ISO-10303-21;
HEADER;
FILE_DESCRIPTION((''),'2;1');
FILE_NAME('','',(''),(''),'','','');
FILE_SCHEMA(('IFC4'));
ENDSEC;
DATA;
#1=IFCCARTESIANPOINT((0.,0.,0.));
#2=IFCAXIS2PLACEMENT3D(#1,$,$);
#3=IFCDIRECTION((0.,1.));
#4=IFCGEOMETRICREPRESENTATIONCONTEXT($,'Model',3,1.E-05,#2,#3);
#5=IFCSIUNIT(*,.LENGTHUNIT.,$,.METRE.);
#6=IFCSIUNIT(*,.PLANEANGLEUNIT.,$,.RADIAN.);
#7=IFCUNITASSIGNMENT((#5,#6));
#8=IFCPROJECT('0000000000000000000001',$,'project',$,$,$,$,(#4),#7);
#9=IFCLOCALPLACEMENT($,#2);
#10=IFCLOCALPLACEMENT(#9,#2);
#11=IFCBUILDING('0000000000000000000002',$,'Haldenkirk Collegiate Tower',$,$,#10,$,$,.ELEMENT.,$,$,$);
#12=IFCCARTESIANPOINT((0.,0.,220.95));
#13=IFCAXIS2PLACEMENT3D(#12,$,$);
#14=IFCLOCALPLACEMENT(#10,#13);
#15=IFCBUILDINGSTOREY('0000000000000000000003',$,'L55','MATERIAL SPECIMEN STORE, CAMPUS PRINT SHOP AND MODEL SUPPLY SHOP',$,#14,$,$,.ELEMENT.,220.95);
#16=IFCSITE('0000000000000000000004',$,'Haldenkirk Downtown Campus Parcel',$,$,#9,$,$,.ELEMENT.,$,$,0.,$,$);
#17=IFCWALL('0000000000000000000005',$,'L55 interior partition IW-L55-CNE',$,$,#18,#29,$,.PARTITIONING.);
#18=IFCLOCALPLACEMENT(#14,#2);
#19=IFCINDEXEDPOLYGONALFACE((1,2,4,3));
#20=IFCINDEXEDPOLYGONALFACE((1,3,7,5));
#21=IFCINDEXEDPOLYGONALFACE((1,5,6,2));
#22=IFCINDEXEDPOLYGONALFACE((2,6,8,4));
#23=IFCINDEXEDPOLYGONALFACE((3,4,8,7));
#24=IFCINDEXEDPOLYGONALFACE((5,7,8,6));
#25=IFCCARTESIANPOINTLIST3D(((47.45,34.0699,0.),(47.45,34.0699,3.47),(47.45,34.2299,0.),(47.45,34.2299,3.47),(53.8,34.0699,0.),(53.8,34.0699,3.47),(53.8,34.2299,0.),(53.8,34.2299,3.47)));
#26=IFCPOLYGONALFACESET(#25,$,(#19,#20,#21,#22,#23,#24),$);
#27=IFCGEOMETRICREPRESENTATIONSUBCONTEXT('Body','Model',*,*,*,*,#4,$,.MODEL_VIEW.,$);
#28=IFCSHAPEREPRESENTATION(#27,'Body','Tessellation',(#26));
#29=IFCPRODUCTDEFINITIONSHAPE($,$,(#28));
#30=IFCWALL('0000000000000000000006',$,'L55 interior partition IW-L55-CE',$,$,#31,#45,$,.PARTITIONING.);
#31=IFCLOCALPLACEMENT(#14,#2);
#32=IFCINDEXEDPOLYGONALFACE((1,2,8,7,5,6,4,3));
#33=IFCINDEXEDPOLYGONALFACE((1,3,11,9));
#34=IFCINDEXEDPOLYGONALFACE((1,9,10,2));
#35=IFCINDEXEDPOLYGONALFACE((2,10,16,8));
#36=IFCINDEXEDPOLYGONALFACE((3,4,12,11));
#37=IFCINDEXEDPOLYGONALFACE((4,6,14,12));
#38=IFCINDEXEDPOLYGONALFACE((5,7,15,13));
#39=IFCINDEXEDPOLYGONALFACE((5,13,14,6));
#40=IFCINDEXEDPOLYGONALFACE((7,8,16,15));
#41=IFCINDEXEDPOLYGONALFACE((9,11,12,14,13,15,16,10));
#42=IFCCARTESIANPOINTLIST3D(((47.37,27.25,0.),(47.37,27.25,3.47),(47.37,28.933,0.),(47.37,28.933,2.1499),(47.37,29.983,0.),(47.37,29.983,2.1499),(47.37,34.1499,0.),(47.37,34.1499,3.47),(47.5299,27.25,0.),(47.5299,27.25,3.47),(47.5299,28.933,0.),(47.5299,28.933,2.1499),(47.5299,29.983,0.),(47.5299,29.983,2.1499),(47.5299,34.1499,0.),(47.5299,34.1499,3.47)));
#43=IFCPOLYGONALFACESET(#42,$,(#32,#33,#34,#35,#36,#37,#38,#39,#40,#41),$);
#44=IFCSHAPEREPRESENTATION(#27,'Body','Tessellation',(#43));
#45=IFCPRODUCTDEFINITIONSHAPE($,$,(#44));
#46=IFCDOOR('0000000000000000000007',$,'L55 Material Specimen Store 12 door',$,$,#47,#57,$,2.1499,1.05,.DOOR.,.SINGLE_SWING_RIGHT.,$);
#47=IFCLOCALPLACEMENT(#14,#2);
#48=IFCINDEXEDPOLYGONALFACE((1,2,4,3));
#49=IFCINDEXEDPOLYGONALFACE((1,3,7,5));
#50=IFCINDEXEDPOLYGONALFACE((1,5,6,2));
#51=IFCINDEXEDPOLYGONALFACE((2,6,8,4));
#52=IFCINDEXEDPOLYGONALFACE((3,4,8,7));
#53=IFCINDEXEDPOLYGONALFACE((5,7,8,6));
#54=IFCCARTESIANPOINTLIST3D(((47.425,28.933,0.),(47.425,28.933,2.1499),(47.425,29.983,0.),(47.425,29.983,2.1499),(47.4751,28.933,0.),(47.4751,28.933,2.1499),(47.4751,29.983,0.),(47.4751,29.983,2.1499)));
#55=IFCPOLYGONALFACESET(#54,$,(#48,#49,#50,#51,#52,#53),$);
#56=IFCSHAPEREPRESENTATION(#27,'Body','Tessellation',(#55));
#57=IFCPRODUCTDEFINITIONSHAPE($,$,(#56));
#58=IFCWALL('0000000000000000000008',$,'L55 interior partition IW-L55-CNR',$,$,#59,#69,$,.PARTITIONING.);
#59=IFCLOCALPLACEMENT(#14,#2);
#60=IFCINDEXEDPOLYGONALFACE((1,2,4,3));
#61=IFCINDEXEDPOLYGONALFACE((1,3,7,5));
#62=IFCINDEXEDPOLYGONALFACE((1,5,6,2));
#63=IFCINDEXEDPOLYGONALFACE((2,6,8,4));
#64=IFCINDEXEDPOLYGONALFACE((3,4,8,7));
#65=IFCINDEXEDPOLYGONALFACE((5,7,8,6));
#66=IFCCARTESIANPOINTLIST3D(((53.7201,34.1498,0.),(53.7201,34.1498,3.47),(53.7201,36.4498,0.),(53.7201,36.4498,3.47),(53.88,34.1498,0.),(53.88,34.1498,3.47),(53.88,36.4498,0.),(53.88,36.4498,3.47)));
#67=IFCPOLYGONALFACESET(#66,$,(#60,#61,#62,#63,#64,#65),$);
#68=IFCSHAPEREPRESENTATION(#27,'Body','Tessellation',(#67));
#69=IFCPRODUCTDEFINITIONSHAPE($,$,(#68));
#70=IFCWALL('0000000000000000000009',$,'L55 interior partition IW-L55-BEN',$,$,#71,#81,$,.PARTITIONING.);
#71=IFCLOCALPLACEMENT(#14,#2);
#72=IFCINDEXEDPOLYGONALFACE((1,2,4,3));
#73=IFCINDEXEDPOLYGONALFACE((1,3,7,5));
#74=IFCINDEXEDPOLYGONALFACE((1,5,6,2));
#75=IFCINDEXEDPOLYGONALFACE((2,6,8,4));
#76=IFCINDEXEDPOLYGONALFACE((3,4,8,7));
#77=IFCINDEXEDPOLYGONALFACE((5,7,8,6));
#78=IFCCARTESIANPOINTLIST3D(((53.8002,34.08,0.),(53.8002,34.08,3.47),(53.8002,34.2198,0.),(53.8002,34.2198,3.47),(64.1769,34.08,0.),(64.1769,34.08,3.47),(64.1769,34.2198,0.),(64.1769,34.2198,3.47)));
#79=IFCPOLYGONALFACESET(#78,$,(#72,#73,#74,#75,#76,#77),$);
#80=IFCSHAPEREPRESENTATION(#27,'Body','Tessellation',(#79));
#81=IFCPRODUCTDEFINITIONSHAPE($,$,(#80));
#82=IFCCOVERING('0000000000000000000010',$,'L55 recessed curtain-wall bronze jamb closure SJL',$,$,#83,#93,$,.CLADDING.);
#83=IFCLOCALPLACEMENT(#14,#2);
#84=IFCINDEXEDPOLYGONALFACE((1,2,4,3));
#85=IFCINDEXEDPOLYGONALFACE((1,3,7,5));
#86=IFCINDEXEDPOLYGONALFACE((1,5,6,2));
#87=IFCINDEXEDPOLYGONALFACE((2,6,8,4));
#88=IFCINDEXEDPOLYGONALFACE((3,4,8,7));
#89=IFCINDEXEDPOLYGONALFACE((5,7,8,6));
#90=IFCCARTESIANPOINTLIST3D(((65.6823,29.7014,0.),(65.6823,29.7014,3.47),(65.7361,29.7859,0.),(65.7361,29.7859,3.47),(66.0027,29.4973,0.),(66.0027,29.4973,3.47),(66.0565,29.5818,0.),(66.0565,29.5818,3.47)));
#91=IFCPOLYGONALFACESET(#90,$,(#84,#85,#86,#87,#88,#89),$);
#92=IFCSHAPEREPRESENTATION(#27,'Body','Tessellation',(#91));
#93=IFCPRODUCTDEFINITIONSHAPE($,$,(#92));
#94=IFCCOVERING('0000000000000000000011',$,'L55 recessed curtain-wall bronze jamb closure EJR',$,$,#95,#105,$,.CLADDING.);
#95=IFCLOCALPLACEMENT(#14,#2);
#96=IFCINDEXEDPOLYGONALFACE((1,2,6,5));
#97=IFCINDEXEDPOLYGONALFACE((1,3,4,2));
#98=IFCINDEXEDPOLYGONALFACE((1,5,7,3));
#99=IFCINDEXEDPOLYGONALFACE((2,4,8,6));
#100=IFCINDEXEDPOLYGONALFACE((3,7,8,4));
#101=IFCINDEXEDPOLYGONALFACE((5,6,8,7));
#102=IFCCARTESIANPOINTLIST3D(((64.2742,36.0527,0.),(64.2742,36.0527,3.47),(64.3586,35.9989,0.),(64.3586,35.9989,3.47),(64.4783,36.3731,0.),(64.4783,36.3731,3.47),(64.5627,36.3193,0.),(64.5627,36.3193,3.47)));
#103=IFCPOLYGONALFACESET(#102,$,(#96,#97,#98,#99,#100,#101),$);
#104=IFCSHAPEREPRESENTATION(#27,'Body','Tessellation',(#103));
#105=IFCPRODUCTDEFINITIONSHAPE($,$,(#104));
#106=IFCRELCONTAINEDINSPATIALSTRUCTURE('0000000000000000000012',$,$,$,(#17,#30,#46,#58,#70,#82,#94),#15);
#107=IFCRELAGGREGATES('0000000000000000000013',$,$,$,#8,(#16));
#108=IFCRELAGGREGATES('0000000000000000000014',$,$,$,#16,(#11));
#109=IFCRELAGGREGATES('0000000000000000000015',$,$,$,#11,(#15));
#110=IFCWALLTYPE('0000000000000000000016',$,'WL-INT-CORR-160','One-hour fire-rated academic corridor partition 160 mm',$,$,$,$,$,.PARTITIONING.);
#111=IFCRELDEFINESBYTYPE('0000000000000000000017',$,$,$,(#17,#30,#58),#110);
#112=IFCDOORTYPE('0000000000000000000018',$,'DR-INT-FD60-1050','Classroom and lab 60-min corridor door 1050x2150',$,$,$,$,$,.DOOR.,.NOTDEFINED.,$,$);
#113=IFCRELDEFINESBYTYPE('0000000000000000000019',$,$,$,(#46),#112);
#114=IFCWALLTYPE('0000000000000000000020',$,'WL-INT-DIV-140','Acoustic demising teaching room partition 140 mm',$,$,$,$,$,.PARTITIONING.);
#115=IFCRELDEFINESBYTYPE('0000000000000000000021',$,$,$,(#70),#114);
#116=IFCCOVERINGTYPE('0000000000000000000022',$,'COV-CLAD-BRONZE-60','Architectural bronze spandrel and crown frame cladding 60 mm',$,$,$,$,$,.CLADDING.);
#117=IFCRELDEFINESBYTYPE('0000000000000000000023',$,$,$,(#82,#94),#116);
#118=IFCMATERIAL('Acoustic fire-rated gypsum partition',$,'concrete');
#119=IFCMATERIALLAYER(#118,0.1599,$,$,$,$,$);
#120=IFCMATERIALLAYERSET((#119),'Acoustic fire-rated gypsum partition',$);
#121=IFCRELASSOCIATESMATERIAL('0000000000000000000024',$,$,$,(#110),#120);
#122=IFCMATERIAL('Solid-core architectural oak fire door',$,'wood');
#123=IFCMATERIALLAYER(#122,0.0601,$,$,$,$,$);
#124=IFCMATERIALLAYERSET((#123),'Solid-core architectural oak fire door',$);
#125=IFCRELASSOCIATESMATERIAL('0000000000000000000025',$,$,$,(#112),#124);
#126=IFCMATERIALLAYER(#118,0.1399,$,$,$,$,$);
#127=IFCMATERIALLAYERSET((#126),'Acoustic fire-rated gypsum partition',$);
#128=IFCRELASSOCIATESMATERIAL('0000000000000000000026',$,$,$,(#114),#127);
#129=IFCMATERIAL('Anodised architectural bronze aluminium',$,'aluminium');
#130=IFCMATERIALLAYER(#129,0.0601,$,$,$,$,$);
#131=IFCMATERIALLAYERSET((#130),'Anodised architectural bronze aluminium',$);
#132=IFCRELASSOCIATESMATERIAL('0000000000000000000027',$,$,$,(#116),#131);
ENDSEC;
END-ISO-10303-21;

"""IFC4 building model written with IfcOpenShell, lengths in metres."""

from ifc_helpers import new_model, si_unit, direction, frame, frame_2d, origin, origin_2d, place, context, subcontext, project, spatial, rectangle, extrude, source, transform, mapped, material, layer, layer_set, type_object, element, fill, save


model = new_model("IFC4")

# Units and contexts
model_context = context("Model", 3, precision=1e-05, world=origin(), true_north=direction((0.0, 1.0)))
body_context = subcontext(model_context, "Body", "Model", "MODEL_VIEW")
ifc_project = project(units=[si_unit("LENGTHUNIT", "METRE"), si_unit("PLANEANGLEUNIT", "RADIAN")], contexts=[model_context])

# Site, building, storey
site_placement = place(None, origin())
site = spatial("IfcSite", under=ifc_project, at=site_placement, Name="Haldenkirk Downtown Campus Parcel", CompositionType="ELEMENT", RefElevation=0.0)
building_placement = place(site_placement, origin())
building = spatial("IfcBuilding", under=site, at=building_placement, Name="Haldenkirk Collegiate Tower", CompositionType="ELEMENT")
storey_placement = place(building_placement, frame((0.0, 0.0, 220.95)))
storey = spatial("IfcBuildingStorey", under=building, at=storey_placement, Name="L55", Description="MATERIAL SPECIMEN STORE, CAMPUS PRINT SHOP AND MODEL SUPPLY SHOP", CompositionType="ELEMENT", Elevation=220.95)

# Shared definitions
ifc_material_1 = material(Name="Anodised architectural bronze aluminium", Category="aluminium")

# Wall
ifc_material_2 = material(Name="Acoustic fire-rated gypsum partition", Category="concrete")
ifc_layer_1 = layer(ifc_material_2, 0.1599)
ifc_layer_set_1 = layer_set([ifc_layer_1], Name="Acoustic fire-rated gypsum partition")
wall_type_1 = type_object("IfcWallType", Name="WL-INT-CORR-160", Description="One-hour fire-rated academic corridor partition 160 mm", PredefinedType="PARTITIONING", material=ifc_layer_set_1)
wall_1_placement = place(storey_placement, frame((47.45, 34.1499, 0.0), z_axis=(0.0, 0.0, 1.0), x_axis=(1.0, 0.0, 0.0)))
element("IfcWall", 1, at=wall_1_placement, inside=storey, type_object=wall_type_1, Name="L55 interior partition IW-L55-CNE", PredefinedType="PARTITIONING", context=body_context, shape_type="SweptSolid", body=[
    extrude(rectangle(XDim=6.3501, YDim=0.1599, at=frame_2d((3.175, 0.0))), origin(), (0.0, 0.0, 1.0), 3.47),
])

# Wall, opening, door
wall_2_placement = place(storey_placement, frame((47.45, 27.25, 0.0), z_axis=(0.0, 0.0, 1.0), x_axis=(0.0, 1.0, 0.0)))
wall_2 = element("IfcWall", 2, at=wall_2_placement, inside=storey, type_object=wall_type_1, Name="L55 interior partition IW-L55-CE", PredefinedType="PARTITIONING", context=body_context, shape_type="SweptSolid", body=[
    extrude(rectangle(XDim=6.8999, YDim=0.1599, at=frame_2d((3.45, 0.0))), origin(), (0.0, 0.0, 1.0), 3.47),
])
opening_placement = place(wall_2_placement, frame((1.6831, 0.0, 0.0)))
opening = element("IfcOpeningElement", 3, at=opening_placement, cuts=wall_2, PredefinedType="OPENING", context=body_context, shape_type="SweptSolid", body=[
    extrude(rectangle(XDim=1.05, YDim=2.1499, at=frame_2d((0.5249, 1.075))), frame((0.0, 0.0898, 0.0), z_axis=(0.0, -1.0, 0.0), x_axis=(1.0, 0.0, 0.0)), (0.0, 0.0, 1.0), 0.1799),
])
ifc_material_3 = material(Name="Solid-core architectural oak fire door", Category="wood")
ifc_layer_2 = layer(ifc_material_3, 0.0601)
ifc_layer_set_2 = layer_set([ifc_layer_2], Name="Solid-core architectural oak fire door")
door_type = type_object("IfcDoorType", Name="DR-INT-FD60-1050", Description="Classroom and lab 60-min corridor door 1050x2150", OperationType="NOTDEFINED", PredefinedType="DOOR", material=ifc_layer_set_2)
door_placement = place(opening_placement, origin())
door = element("IfcDoor", 4, at=door_placement, inside=storey, type_object=door_type, Name="L55 Material Specimen Store 12 door", OperationType="SINGLE_SWING_RIGHT", OverallHeight=2.1499, OverallWidth=1.05, PredefinedType="DOOR", context=body_context, shape_type="SweptSolid", body=[
    extrude(rectangle(XDim=1.05, YDim=2.1499, at=frame_2d((0.5249, 1.075))), frame((0.0, 0.0249, 0.0), z_axis=(0.0, -1.0, 0.0), x_axis=(1.0, 0.0, 0.0)), (0.0, 0.0, 1.0), 0.05),
])
fill(opening, door)

# Walls
wall_3_placement = place(storey_placement, frame((53.8, 34.1499, 0.0), z_axis=(0.0, 0.0, 1.0), x_axis=(0.0, 1.0, 0.0)))
element("IfcWall", 5, at=wall_3_placement, inside=storey, type_object=wall_type_1, Name="L55 interior partition IW-L55-CNR", PredefinedType="PARTITIONING", context=body_context, shape_type="SweptSolid", body=[
    extrude(rectangle(XDim=2.3, YDim=0.1599, at=frame_2d((1.1499, 0.0))), origin(), (0.0, 0.0, 1.0), 3.47),
])
ifc_layer_3 = layer(ifc_material_2, 0.1399)
ifc_layer_set_3 = layer_set([ifc_layer_3], Name="Acoustic fire-rated gypsum partition")
wall_type_2 = type_object("IfcWallType", Name="WL-INT-DIV-140", Description="Acoustic demising teaching room partition 140 mm", PredefinedType="PARTITIONING", material=ifc_layer_set_3)
wall_4_placement = place(storey_placement, frame((53.8, 34.1499, 0.0), z_axis=(0.0, 0.0, 1.0), x_axis=(1.0, 0.0, 0.0)))
element("IfcWall", 6, at=wall_4_placement, inside=storey, type_object=wall_type_2, Name="L55 interior partition IW-L55-BEN", PredefinedType="PARTITIONING", context=body_context, shape_type="SweptSolid", body=[
    extrude(rectangle(XDim=10.3767, YDim=0.1399, at=frame_2d((5.1885, 0.0))), origin(), (0.0, 0.0, 1.0), 3.47),
])

# Coverings
ifc_layer_4 = layer(ifc_material_1, 0.0601)
ifc_layer_set_4 = layer_set([ifc_layer_4], Name="Anodised architectural bronze aluminium")
covering_type = type_object("IfcCoveringType", Name="COV-CLAD-BRONZE-60", Description="Architectural bronze spandrel and crown frame cladding 60 mm", PredefinedType="CLADDING", material=ifc_layer_set_4)
shared_shape_1 = source(origin(), body_context, "Body", "SweptSolid", [
    extrude(rectangle(XDim=0.1001, YDim=0.3799, at=origin_2d()), origin(), (0.0, 0.0, 1.0), 3.47),
])
for number, where, z_axis, x_axis, name in (
    (7, (65.8694, 29.6416, 0.0), (0.0, 0.0, 1.0), (-0.5373, -0.843391, 0.0), "L55 recessed curtain-wall bronze jamb closure SJL"),
    (8, (64.4185, 36.186, 0.0), (0.0, 0.0, 1.0), (0.843391, -0.5373, 0.0), "L55 recessed curtain-wall bronze jamb closure EJR"),
):
    element("IfcCovering", number, at=place(storey_placement, frame(where, z_axis=z_axis, x_axis=x_axis)), inside=storey, type_object=covering_type, Name=name, PredefinedType="CLADDING", context=body_context, shape_type="MappedRepresentation", body=[
        mapped(shared_shape_1, transform((0.0, 0.0, 0.0), x_axis=(1.0, 0.0, 0.0), y_axis=(0.0, 1.0, 0.0), z_axis=(0.0, 0.0, 1.0), scale=1.0)),
    ])

save(model, "model.ifc")
